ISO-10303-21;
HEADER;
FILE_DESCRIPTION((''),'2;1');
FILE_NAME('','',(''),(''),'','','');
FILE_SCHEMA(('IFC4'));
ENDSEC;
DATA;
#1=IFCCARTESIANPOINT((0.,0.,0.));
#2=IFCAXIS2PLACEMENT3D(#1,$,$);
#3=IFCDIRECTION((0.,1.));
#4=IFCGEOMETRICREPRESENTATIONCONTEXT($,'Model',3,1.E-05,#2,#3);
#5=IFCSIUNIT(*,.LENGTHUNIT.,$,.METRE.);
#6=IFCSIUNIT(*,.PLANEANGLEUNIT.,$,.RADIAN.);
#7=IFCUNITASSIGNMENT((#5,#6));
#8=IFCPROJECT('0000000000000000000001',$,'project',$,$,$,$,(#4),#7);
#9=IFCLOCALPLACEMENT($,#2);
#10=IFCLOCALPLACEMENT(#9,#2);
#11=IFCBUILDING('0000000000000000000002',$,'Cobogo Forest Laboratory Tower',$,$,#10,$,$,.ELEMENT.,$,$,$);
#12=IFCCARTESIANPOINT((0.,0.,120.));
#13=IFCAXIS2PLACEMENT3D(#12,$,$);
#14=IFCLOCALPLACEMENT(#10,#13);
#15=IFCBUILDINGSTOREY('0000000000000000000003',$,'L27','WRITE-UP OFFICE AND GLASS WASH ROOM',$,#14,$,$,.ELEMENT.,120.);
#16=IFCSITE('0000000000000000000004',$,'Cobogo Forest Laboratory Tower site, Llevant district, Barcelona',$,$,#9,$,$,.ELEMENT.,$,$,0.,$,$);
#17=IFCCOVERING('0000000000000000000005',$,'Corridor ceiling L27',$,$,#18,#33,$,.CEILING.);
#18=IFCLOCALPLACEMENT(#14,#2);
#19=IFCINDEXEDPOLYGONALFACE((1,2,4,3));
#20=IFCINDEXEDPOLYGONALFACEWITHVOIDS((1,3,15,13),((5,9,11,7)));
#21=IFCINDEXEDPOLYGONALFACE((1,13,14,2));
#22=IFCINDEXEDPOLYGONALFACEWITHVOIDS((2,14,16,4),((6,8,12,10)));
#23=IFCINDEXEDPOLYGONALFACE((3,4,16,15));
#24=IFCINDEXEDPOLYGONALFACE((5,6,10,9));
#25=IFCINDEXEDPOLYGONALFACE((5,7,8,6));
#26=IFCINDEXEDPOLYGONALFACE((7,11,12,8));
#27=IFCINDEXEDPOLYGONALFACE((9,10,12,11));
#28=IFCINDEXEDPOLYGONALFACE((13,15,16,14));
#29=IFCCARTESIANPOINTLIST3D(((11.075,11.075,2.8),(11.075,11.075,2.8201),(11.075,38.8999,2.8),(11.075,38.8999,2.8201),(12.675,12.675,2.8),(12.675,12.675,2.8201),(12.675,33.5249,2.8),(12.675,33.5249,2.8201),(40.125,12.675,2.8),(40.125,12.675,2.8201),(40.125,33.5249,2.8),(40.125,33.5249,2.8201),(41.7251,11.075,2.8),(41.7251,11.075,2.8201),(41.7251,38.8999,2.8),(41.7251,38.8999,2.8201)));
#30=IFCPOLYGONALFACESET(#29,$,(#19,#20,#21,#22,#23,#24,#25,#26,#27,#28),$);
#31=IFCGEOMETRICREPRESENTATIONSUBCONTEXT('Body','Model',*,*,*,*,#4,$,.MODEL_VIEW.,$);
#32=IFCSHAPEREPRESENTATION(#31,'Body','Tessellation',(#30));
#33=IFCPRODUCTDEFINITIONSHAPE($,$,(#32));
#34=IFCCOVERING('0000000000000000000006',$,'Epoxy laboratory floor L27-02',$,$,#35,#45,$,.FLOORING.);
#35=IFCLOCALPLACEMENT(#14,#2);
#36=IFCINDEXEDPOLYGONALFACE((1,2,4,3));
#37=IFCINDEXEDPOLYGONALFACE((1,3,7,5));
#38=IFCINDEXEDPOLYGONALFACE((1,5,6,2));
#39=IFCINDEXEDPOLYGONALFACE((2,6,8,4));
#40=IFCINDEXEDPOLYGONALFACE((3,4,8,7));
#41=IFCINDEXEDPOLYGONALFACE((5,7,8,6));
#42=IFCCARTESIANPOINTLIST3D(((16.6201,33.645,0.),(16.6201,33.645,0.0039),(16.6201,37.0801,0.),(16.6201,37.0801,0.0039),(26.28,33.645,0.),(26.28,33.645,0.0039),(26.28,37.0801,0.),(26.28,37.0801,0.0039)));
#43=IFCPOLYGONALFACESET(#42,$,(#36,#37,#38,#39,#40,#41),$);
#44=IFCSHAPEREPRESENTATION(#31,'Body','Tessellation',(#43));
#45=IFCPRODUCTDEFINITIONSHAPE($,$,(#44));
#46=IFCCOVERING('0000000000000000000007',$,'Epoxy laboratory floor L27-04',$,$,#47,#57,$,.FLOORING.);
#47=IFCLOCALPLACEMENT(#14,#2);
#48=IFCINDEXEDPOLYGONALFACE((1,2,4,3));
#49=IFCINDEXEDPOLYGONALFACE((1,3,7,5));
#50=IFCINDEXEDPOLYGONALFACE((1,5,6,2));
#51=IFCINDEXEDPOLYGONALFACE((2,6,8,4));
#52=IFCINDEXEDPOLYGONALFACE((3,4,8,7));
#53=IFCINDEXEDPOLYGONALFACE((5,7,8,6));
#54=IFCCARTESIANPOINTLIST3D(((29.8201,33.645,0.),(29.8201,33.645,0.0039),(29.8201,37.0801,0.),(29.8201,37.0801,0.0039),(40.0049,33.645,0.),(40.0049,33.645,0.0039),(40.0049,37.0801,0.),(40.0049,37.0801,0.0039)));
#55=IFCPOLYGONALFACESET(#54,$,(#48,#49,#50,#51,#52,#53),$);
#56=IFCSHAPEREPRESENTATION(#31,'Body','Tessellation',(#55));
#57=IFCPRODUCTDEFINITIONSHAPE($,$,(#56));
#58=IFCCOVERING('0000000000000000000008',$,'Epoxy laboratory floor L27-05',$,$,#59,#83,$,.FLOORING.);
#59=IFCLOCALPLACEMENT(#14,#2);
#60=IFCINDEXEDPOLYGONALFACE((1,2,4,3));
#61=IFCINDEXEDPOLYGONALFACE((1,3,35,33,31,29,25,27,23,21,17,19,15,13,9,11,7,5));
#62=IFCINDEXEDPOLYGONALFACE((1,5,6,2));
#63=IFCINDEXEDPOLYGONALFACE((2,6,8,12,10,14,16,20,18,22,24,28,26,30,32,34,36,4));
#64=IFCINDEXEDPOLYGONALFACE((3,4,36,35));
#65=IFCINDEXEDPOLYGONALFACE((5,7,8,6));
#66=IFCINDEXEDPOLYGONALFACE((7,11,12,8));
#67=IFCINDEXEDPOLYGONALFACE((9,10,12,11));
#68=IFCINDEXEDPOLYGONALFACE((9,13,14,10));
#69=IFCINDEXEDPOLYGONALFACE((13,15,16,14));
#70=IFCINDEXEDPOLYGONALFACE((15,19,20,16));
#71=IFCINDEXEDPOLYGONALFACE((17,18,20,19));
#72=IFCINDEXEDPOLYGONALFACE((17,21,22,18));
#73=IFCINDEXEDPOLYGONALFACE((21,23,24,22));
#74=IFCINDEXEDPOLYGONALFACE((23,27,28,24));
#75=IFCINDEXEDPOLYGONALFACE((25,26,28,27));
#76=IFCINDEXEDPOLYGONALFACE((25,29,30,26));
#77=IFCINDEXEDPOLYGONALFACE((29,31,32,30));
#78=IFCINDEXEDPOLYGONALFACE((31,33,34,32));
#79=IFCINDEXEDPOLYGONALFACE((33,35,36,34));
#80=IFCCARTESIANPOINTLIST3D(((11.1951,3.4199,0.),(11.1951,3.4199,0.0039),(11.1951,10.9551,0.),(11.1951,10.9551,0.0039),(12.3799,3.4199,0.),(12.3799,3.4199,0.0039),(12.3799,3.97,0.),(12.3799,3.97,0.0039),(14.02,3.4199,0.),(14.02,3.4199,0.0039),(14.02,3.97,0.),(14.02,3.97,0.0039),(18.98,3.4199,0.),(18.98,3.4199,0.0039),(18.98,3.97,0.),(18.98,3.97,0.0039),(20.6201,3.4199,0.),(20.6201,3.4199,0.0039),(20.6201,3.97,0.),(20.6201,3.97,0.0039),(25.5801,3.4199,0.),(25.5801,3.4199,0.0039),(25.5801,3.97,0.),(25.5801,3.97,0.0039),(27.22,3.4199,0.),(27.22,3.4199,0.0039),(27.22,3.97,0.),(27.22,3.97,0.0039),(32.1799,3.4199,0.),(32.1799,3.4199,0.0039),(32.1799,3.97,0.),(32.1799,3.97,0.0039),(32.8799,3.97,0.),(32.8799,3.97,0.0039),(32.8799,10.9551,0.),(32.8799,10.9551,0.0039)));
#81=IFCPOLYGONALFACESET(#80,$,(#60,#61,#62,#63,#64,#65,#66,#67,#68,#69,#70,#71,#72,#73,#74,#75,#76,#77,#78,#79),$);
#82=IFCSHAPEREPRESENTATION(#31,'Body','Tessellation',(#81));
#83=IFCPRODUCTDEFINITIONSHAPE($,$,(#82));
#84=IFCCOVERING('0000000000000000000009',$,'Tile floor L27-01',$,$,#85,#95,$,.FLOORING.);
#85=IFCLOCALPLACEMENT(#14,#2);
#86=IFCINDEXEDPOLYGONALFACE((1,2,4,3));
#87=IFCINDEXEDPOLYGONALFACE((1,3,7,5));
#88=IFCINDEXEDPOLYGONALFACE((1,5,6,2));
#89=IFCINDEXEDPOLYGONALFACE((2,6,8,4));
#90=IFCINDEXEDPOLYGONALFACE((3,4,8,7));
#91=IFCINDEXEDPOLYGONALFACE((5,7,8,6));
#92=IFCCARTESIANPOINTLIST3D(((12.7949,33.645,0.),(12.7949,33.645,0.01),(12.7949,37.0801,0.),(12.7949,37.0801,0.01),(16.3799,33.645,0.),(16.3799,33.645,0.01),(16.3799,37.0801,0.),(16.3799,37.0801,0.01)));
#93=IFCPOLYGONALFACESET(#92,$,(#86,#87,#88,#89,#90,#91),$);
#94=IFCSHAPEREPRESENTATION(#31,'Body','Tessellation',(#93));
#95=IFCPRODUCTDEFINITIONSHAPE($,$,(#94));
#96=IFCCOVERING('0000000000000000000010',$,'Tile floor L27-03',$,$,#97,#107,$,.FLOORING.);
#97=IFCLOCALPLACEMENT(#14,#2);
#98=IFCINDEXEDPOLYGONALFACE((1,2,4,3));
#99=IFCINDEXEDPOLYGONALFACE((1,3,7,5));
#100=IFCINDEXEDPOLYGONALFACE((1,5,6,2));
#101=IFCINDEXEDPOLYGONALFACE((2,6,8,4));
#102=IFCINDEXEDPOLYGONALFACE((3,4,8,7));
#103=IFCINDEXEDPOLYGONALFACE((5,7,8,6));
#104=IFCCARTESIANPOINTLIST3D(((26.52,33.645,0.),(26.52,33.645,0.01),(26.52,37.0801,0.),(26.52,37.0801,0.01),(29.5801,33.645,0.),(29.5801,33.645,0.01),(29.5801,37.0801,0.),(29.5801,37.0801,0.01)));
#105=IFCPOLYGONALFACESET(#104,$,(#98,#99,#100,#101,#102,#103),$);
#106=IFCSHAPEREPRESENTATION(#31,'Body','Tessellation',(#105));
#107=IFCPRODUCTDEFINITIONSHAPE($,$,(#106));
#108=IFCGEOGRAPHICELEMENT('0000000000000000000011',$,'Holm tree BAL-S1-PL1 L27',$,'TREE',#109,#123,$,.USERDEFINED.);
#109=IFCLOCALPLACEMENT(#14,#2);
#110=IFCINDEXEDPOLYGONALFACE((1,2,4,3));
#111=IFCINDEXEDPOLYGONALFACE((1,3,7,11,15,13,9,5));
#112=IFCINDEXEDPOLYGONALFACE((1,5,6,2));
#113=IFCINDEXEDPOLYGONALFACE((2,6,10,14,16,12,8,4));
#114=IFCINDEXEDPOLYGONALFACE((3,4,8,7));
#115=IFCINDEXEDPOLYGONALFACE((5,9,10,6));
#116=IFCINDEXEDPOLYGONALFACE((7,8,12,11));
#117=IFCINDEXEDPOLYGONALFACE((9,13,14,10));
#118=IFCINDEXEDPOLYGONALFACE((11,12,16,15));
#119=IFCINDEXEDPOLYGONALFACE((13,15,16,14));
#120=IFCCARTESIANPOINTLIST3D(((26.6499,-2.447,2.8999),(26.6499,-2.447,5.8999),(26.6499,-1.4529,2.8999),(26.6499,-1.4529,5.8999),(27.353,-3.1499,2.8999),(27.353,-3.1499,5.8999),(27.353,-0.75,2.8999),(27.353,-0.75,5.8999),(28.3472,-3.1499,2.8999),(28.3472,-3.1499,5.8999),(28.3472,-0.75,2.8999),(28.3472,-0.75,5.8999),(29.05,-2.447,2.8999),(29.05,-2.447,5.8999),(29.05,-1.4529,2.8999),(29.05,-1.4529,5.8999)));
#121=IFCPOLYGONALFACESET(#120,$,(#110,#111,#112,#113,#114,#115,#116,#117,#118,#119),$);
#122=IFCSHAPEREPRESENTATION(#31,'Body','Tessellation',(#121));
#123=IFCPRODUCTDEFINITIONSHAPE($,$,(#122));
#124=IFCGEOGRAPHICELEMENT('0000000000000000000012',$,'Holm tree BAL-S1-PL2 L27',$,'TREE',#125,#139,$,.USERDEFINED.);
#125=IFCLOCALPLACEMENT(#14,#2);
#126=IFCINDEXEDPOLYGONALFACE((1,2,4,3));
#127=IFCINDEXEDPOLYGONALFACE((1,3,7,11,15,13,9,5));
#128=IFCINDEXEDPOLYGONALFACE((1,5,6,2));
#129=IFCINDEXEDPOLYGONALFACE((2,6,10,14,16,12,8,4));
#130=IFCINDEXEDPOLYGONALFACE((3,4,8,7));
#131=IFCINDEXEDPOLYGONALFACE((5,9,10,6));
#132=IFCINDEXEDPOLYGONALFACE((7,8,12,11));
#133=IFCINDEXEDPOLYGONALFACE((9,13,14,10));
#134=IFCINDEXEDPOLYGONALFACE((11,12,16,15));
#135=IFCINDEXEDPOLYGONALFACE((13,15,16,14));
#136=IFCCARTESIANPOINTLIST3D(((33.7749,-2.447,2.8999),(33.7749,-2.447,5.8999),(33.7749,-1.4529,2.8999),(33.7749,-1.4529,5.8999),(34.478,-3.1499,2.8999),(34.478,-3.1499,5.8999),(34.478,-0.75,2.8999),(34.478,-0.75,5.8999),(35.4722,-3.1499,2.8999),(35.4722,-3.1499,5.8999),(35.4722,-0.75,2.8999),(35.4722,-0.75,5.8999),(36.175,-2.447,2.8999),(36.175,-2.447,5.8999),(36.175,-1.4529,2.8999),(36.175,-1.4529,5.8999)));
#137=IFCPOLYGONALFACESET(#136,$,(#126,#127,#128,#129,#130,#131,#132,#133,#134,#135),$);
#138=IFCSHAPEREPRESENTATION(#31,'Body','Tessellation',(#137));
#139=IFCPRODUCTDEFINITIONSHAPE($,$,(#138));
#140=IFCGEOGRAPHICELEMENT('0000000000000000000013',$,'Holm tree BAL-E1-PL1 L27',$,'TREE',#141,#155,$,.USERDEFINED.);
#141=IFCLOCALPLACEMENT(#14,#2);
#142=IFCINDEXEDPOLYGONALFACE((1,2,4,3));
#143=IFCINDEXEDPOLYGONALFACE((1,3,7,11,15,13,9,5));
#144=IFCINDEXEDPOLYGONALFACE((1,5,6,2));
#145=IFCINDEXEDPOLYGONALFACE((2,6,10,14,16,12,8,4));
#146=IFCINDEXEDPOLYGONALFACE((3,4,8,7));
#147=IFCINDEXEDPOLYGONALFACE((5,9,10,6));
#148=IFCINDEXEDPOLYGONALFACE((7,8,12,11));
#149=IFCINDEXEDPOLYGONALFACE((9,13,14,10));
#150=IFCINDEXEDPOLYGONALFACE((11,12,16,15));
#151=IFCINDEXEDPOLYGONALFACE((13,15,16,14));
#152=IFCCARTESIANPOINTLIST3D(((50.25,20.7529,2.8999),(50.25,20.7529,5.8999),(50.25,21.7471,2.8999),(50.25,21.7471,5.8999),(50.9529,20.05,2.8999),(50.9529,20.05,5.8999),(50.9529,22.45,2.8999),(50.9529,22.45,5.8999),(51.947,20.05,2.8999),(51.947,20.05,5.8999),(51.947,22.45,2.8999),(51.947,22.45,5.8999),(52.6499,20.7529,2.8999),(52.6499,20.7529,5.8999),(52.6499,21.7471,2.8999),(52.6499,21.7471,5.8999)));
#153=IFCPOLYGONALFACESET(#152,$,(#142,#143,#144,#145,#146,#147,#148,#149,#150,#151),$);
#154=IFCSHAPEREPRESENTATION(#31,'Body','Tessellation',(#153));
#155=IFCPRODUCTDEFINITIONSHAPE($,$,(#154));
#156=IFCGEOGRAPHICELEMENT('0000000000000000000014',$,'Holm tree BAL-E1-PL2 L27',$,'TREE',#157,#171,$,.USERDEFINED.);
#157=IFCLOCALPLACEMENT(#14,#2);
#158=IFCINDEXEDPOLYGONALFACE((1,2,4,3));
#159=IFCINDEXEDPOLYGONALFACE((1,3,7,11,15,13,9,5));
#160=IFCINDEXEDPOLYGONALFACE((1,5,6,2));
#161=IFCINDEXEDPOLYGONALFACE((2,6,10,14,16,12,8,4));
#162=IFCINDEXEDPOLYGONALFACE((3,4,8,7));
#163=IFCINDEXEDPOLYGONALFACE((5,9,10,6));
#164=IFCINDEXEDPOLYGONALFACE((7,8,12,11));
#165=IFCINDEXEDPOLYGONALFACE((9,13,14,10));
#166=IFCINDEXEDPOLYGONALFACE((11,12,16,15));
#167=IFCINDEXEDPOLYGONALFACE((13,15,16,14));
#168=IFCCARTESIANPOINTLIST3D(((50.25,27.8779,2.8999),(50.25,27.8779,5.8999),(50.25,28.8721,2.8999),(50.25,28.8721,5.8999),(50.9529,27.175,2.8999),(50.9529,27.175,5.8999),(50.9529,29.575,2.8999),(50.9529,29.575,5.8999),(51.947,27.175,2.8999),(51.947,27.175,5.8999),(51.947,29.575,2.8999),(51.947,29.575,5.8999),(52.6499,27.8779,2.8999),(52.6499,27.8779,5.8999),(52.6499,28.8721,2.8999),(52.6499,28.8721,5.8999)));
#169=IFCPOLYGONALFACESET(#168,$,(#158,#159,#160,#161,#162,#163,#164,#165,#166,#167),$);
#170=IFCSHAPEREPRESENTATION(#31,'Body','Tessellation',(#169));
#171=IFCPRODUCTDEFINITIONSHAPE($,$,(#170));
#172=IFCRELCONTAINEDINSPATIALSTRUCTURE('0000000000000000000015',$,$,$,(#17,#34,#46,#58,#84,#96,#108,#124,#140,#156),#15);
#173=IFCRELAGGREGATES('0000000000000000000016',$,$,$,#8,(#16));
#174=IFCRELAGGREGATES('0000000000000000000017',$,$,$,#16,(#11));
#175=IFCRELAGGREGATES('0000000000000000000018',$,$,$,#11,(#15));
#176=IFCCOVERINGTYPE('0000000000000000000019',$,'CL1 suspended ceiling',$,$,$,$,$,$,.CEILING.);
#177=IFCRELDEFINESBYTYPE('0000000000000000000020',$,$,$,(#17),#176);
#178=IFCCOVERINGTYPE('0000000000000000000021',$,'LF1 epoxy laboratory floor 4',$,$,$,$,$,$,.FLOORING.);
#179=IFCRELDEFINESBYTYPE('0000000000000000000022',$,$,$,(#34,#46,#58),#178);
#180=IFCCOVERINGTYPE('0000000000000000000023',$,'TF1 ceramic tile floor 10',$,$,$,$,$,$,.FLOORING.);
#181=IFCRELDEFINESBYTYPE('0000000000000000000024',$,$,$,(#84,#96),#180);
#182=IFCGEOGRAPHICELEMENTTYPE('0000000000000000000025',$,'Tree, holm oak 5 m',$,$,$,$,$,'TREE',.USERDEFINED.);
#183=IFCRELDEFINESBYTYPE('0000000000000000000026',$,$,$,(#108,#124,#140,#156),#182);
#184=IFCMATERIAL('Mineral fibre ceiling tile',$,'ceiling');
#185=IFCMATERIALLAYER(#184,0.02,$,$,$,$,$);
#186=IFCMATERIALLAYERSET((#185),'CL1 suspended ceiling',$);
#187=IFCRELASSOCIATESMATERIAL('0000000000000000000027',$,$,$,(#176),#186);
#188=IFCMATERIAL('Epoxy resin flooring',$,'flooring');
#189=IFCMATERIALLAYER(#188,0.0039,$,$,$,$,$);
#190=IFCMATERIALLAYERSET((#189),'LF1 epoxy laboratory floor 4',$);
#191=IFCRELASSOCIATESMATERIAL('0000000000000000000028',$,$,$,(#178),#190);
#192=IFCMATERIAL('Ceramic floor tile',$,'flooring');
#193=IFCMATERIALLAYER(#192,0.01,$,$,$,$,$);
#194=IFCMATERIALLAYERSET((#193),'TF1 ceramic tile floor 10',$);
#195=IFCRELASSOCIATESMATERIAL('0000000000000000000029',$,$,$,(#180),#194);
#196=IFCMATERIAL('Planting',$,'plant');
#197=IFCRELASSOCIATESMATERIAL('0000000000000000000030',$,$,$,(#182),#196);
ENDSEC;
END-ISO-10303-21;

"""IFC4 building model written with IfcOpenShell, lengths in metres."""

from ifc_helpers import new_model, si_unit, direction, frame, origin, place, context, subcontext, project, spatial, polyline, outline, extrude, material, layer, layer_set, type_object, element, save


model = new_model("IFC4")

# Units and contexts
model_context = context("Model", 3, precision=1e-05, world=origin(), true_north=direction((0.0, 1.0)))
body_context = subcontext(model_context, "Body", "Model", "MODEL_VIEW")
ifc_project = project(units=[si_unit("LENGTHUNIT", "METRE"), si_unit("PLANEANGLEUNIT", "RADIAN")], contexts=[model_context])

# Site, building, storey
site_placement = place(None, origin())
site = spatial("IfcSite", under=ifc_project, at=site_placement, Name="Cobogo Forest Laboratory Tower site, Llevant district, Barcelona", CompositionType="ELEMENT", RefElevation=0.0)
building_placement = place(site_placement, origin())
building = spatial("IfcBuilding", under=site, at=building_placement, Name="Cobogo Forest Laboratory Tower", CompositionType="ELEMENT")
storey_placement = place(building_placement, frame((0.0, 0.0, 120.0)))
storey = spatial("IfcBuildingStorey", under=building, at=storey_placement, Name="L27", Description="WRITE-UP OFFICE AND GLASS WASH ROOM", CompositionType="ELEMENT", Elevation=120.0)

# Coverings
ifc_material_1 = material(Name="Mineral fibre ceiling tile", Category="ceiling")
ifc_layer_1 = layer(ifc_material_1, 0.02)
ifc_layer_set_1 = layer_set([ifc_layer_1], Name="CL1 suspended ceiling")
covering_type_1 = type_object("IfcCoveringType", Name="CL1 suspended ceiling", PredefinedType="CEILING", material=ifc_layer_set_1)
covering_1_placement = place(storey_placement, frame((0.0, 0.0, 2.8)))
element("IfcCovering", 1, at=covering_1_placement, inside=storey, type_object=covering_type_1, Name="Corridor ceiling L27", PredefinedType="CEILING", context=body_context, shape_type="SweptSolid", body=[
    extrude(outline(polyline([(11.075, 11.075), (11.075, 38.8999), (41.7251, 38.8999), (41.7251, 11.075), (11.075, 11.075)]), holes=[polyline([(40.125, 33.5249), (12.675, 33.5249), (12.675, 12.675), (40.125, 12.675), (40.125, 33.5249)])]), origin(), (0.0, 0.0, 1.0), 0.02),
])
ifc_material_2 = material(Name="Epoxy resin flooring", Category="flooring")
ifc_layer_2 = layer(ifc_material_2, 0.0039)
ifc_layer_set_2 = layer_set([ifc_layer_2], Name="LF1 epoxy laboratory floor 4")
covering_type_2 = type_object("IfcCoveringType", Name="LF1 epoxy laboratory floor 4", PredefinedType="FLOORING", material=ifc_layer_set_2)
covering_2_placement = place(storey_placement, origin())
element("IfcCovering", 2, at=covering_2_placement, inside=storey, type_object=covering_type_2, Name="Epoxy laboratory floor L27-02", PredefinedType="FLOORING", context=body_context, shape_type="SweptSolid", body=[
    extrude(outline(polyline([(26.28, 33.645), (16.6201, 33.645), (16.6201, 37.0801), (26.28, 37.0801), (26.28, 33.645)])), origin(), (0.0, 0.0, 1.0), 0.0039),
])
covering_3_placement = place(storey_placement, origin())
element("IfcCovering", 3, at=covering_3_placement, inside=storey, type_object=covering_type_2, Name="Epoxy laboratory floor L27-04", PredefinedType="FLOORING", context=body_context, shape_type="SweptSolid", body=[
    extrude(outline(polyline([(40.0049, 33.645), (29.8201, 33.645), (29.8201, 37.0801), (40.0049, 37.0801), (40.0049, 33.645)])), origin(), (0.0, 0.0, 1.0), 0.0039),
])
covering_4_placement = place(storey_placement, origin())
element("IfcCovering", 4, at=covering_4_placement, inside=storey, type_object=covering_type_2, Name="Epoxy laboratory floor L27-05", PredefinedType="FLOORING", context=body_context, shape_type="SweptSolid", body=[
    extrude(outline(polyline([(11.1951, 10.9551), (32.8799, 10.9551), (32.8799, 3.97), (32.1799, 3.97), (32.1799, 3.4199), (27.22, 3.4199), (27.22, 3.97), (25.5801, 3.97), (25.5801, 3.4199), (20.6201, 3.4199), (20.6201, 3.97), (18.98, 3.97), (18.98, 3.4199), (14.02, 3.4199), (14.02, 3.97), (12.3799, 3.97), (12.3799, 3.4199), (11.1951, 3.4199), (11.1951, 10.9551)])), origin(), (0.0, 0.0, 1.0), 0.0039),
])
ifc_material_3 = material(Name="Ceramic floor tile", Category="flooring")
ifc_layer_3 = layer(ifc_material_3, 0.01)
ifc_layer_set_3 = layer_set([ifc_layer_3], Name="TF1 ceramic tile floor 10")
covering_type_3 = type_object("IfcCoveringType", Name="TF1 ceramic tile floor 10", PredefinedType="FLOORING", material=ifc_layer_set_3)
covering_5_placement = place(storey_placement, origin())
element("IfcCovering", 5, at=covering_5_placement, inside=storey, type_object=covering_type_3, Name="Tile floor L27-01", PredefinedType="FLOORING", context=body_context, shape_type="SweptSolid", body=[
    extrude(outline(polyline([(16.3799, 33.645), (12.7949, 33.645), (12.7949, 37.0801), (16.3799, 37.0801), (16.3799, 33.645)])), origin(), (0.0, 0.0, 1.0), 0.01),
])
covering_6_placement = place(storey_placement, origin())
element("IfcCovering", 6, at=covering_6_placement, inside=storey, type_object=covering_type_3, Name="Tile floor L27-03", PredefinedType="FLOORING", context=body_context, shape_type="SweptSolid", body=[
    extrude(outline(polyline([(29.5801, 33.645), (26.52, 33.645), (26.52, 37.0801), (29.5801, 37.0801), (29.5801, 33.645)])), origin(), (0.0, 0.0, 1.0), 0.01),
])

# Geographic elements
ifc_material_4 = material(Name="Planting", Category="plant")
geographic_element_type = type_object("IfcGeographicElementType", Name="Tree, holm oak 5 m", ElementType="TREE", PredefinedType="USERDEFINED", material=ifc_material_4)
geographic_element_1_placement = place(storey_placement, frame((0.0, 0.0, 2.8999)))
element("IfcGeographicElement", 7, at=geographic_element_1_placement, inside=storey, type_object=geographic_element_type, Name="Holm tree BAL-S1-PL1 L27", ObjectType="TREE", PredefinedType="USERDEFINED", context=body_context, shape_type="SweptSolid", body=[
    extrude(outline(polyline([(29.05, -2.447), (29.05, -1.4529), (28.3472, -0.75), (27.353, -0.75), (26.6499, -1.4529), (26.6499, -2.447), (27.353, -3.1499), (28.3472, -3.1499), (29.05, -2.447)])), origin(), (0.0, 0.0, 1.0), 3.0),
])
geographic_element_2_placement = place(storey_placement, frame((0.0, 0.0, 2.8999)))
element("IfcGeographicElement", 8, at=geographic_element_2_placement, inside=storey, type_object=geographic_element_type, Name="Holm tree BAL-S1-PL2 L27", ObjectType="TREE", PredefinedType="USERDEFINED", context=body_context, shape_type="SweptSolid", body=[
    extrude(outline(polyline([(36.175, -2.447), (36.175, -1.4529), (35.4722, -0.75), (34.478, -0.75), (33.7749, -1.4529), (33.7749, -2.447), (34.478, -3.1499), (35.4722, -3.1499), (36.175, -2.447)])), origin(), (0.0, 0.0, 1.0), 3.0),
])
geographic_element_3_placement = place(storey_placement, frame((0.0, 0.0, 2.8999)))
element("IfcGeographicElement", 9, at=geographic_element_3_placement, inside=storey, type_object=geographic_element_type, Name="Holm tree BAL-E1-PL1 L27", ObjectType="TREE", PredefinedType="USERDEFINED", context=body_context, shape_type="SweptSolid", body=[
    extrude(outline(polyline([(52.6499, 20.7529), (52.6499, 21.7471), (51.947, 22.45), (50.9529, 22.45), (50.25, 21.7471), (50.25, 20.7529), (50.9529, 20.05), (51.947, 20.05), (52.6499, 20.7529)])), origin(), (0.0, 0.0, 1.0), 3.0),
])
geographic_element_4_placement = place(storey_placement, frame((0.0, 0.0, 2.8999)))
element("IfcGeographicElement", 10, at=geographic_element_4_placement, inside=storey, type_object=geographic_element_type, Name="Holm tree BAL-E1-PL2 L27", ObjectType="TREE", PredefinedType="USERDEFINED", context=body_context, shape_type="SweptSolid", body=[
    extrude(outline(polyline([(52.6499, 27.8779), (52.6499, 28.8721), (51.947, 29.575), (50.9529, 29.575), (50.25, 28.8721), (50.25, 27.8779), (50.9529, 27.175), (51.947, 27.175), (52.6499, 27.8779)])), origin(), (0.0, 0.0, 1.0), 3.0),
])

save(model, "model.ifc")
